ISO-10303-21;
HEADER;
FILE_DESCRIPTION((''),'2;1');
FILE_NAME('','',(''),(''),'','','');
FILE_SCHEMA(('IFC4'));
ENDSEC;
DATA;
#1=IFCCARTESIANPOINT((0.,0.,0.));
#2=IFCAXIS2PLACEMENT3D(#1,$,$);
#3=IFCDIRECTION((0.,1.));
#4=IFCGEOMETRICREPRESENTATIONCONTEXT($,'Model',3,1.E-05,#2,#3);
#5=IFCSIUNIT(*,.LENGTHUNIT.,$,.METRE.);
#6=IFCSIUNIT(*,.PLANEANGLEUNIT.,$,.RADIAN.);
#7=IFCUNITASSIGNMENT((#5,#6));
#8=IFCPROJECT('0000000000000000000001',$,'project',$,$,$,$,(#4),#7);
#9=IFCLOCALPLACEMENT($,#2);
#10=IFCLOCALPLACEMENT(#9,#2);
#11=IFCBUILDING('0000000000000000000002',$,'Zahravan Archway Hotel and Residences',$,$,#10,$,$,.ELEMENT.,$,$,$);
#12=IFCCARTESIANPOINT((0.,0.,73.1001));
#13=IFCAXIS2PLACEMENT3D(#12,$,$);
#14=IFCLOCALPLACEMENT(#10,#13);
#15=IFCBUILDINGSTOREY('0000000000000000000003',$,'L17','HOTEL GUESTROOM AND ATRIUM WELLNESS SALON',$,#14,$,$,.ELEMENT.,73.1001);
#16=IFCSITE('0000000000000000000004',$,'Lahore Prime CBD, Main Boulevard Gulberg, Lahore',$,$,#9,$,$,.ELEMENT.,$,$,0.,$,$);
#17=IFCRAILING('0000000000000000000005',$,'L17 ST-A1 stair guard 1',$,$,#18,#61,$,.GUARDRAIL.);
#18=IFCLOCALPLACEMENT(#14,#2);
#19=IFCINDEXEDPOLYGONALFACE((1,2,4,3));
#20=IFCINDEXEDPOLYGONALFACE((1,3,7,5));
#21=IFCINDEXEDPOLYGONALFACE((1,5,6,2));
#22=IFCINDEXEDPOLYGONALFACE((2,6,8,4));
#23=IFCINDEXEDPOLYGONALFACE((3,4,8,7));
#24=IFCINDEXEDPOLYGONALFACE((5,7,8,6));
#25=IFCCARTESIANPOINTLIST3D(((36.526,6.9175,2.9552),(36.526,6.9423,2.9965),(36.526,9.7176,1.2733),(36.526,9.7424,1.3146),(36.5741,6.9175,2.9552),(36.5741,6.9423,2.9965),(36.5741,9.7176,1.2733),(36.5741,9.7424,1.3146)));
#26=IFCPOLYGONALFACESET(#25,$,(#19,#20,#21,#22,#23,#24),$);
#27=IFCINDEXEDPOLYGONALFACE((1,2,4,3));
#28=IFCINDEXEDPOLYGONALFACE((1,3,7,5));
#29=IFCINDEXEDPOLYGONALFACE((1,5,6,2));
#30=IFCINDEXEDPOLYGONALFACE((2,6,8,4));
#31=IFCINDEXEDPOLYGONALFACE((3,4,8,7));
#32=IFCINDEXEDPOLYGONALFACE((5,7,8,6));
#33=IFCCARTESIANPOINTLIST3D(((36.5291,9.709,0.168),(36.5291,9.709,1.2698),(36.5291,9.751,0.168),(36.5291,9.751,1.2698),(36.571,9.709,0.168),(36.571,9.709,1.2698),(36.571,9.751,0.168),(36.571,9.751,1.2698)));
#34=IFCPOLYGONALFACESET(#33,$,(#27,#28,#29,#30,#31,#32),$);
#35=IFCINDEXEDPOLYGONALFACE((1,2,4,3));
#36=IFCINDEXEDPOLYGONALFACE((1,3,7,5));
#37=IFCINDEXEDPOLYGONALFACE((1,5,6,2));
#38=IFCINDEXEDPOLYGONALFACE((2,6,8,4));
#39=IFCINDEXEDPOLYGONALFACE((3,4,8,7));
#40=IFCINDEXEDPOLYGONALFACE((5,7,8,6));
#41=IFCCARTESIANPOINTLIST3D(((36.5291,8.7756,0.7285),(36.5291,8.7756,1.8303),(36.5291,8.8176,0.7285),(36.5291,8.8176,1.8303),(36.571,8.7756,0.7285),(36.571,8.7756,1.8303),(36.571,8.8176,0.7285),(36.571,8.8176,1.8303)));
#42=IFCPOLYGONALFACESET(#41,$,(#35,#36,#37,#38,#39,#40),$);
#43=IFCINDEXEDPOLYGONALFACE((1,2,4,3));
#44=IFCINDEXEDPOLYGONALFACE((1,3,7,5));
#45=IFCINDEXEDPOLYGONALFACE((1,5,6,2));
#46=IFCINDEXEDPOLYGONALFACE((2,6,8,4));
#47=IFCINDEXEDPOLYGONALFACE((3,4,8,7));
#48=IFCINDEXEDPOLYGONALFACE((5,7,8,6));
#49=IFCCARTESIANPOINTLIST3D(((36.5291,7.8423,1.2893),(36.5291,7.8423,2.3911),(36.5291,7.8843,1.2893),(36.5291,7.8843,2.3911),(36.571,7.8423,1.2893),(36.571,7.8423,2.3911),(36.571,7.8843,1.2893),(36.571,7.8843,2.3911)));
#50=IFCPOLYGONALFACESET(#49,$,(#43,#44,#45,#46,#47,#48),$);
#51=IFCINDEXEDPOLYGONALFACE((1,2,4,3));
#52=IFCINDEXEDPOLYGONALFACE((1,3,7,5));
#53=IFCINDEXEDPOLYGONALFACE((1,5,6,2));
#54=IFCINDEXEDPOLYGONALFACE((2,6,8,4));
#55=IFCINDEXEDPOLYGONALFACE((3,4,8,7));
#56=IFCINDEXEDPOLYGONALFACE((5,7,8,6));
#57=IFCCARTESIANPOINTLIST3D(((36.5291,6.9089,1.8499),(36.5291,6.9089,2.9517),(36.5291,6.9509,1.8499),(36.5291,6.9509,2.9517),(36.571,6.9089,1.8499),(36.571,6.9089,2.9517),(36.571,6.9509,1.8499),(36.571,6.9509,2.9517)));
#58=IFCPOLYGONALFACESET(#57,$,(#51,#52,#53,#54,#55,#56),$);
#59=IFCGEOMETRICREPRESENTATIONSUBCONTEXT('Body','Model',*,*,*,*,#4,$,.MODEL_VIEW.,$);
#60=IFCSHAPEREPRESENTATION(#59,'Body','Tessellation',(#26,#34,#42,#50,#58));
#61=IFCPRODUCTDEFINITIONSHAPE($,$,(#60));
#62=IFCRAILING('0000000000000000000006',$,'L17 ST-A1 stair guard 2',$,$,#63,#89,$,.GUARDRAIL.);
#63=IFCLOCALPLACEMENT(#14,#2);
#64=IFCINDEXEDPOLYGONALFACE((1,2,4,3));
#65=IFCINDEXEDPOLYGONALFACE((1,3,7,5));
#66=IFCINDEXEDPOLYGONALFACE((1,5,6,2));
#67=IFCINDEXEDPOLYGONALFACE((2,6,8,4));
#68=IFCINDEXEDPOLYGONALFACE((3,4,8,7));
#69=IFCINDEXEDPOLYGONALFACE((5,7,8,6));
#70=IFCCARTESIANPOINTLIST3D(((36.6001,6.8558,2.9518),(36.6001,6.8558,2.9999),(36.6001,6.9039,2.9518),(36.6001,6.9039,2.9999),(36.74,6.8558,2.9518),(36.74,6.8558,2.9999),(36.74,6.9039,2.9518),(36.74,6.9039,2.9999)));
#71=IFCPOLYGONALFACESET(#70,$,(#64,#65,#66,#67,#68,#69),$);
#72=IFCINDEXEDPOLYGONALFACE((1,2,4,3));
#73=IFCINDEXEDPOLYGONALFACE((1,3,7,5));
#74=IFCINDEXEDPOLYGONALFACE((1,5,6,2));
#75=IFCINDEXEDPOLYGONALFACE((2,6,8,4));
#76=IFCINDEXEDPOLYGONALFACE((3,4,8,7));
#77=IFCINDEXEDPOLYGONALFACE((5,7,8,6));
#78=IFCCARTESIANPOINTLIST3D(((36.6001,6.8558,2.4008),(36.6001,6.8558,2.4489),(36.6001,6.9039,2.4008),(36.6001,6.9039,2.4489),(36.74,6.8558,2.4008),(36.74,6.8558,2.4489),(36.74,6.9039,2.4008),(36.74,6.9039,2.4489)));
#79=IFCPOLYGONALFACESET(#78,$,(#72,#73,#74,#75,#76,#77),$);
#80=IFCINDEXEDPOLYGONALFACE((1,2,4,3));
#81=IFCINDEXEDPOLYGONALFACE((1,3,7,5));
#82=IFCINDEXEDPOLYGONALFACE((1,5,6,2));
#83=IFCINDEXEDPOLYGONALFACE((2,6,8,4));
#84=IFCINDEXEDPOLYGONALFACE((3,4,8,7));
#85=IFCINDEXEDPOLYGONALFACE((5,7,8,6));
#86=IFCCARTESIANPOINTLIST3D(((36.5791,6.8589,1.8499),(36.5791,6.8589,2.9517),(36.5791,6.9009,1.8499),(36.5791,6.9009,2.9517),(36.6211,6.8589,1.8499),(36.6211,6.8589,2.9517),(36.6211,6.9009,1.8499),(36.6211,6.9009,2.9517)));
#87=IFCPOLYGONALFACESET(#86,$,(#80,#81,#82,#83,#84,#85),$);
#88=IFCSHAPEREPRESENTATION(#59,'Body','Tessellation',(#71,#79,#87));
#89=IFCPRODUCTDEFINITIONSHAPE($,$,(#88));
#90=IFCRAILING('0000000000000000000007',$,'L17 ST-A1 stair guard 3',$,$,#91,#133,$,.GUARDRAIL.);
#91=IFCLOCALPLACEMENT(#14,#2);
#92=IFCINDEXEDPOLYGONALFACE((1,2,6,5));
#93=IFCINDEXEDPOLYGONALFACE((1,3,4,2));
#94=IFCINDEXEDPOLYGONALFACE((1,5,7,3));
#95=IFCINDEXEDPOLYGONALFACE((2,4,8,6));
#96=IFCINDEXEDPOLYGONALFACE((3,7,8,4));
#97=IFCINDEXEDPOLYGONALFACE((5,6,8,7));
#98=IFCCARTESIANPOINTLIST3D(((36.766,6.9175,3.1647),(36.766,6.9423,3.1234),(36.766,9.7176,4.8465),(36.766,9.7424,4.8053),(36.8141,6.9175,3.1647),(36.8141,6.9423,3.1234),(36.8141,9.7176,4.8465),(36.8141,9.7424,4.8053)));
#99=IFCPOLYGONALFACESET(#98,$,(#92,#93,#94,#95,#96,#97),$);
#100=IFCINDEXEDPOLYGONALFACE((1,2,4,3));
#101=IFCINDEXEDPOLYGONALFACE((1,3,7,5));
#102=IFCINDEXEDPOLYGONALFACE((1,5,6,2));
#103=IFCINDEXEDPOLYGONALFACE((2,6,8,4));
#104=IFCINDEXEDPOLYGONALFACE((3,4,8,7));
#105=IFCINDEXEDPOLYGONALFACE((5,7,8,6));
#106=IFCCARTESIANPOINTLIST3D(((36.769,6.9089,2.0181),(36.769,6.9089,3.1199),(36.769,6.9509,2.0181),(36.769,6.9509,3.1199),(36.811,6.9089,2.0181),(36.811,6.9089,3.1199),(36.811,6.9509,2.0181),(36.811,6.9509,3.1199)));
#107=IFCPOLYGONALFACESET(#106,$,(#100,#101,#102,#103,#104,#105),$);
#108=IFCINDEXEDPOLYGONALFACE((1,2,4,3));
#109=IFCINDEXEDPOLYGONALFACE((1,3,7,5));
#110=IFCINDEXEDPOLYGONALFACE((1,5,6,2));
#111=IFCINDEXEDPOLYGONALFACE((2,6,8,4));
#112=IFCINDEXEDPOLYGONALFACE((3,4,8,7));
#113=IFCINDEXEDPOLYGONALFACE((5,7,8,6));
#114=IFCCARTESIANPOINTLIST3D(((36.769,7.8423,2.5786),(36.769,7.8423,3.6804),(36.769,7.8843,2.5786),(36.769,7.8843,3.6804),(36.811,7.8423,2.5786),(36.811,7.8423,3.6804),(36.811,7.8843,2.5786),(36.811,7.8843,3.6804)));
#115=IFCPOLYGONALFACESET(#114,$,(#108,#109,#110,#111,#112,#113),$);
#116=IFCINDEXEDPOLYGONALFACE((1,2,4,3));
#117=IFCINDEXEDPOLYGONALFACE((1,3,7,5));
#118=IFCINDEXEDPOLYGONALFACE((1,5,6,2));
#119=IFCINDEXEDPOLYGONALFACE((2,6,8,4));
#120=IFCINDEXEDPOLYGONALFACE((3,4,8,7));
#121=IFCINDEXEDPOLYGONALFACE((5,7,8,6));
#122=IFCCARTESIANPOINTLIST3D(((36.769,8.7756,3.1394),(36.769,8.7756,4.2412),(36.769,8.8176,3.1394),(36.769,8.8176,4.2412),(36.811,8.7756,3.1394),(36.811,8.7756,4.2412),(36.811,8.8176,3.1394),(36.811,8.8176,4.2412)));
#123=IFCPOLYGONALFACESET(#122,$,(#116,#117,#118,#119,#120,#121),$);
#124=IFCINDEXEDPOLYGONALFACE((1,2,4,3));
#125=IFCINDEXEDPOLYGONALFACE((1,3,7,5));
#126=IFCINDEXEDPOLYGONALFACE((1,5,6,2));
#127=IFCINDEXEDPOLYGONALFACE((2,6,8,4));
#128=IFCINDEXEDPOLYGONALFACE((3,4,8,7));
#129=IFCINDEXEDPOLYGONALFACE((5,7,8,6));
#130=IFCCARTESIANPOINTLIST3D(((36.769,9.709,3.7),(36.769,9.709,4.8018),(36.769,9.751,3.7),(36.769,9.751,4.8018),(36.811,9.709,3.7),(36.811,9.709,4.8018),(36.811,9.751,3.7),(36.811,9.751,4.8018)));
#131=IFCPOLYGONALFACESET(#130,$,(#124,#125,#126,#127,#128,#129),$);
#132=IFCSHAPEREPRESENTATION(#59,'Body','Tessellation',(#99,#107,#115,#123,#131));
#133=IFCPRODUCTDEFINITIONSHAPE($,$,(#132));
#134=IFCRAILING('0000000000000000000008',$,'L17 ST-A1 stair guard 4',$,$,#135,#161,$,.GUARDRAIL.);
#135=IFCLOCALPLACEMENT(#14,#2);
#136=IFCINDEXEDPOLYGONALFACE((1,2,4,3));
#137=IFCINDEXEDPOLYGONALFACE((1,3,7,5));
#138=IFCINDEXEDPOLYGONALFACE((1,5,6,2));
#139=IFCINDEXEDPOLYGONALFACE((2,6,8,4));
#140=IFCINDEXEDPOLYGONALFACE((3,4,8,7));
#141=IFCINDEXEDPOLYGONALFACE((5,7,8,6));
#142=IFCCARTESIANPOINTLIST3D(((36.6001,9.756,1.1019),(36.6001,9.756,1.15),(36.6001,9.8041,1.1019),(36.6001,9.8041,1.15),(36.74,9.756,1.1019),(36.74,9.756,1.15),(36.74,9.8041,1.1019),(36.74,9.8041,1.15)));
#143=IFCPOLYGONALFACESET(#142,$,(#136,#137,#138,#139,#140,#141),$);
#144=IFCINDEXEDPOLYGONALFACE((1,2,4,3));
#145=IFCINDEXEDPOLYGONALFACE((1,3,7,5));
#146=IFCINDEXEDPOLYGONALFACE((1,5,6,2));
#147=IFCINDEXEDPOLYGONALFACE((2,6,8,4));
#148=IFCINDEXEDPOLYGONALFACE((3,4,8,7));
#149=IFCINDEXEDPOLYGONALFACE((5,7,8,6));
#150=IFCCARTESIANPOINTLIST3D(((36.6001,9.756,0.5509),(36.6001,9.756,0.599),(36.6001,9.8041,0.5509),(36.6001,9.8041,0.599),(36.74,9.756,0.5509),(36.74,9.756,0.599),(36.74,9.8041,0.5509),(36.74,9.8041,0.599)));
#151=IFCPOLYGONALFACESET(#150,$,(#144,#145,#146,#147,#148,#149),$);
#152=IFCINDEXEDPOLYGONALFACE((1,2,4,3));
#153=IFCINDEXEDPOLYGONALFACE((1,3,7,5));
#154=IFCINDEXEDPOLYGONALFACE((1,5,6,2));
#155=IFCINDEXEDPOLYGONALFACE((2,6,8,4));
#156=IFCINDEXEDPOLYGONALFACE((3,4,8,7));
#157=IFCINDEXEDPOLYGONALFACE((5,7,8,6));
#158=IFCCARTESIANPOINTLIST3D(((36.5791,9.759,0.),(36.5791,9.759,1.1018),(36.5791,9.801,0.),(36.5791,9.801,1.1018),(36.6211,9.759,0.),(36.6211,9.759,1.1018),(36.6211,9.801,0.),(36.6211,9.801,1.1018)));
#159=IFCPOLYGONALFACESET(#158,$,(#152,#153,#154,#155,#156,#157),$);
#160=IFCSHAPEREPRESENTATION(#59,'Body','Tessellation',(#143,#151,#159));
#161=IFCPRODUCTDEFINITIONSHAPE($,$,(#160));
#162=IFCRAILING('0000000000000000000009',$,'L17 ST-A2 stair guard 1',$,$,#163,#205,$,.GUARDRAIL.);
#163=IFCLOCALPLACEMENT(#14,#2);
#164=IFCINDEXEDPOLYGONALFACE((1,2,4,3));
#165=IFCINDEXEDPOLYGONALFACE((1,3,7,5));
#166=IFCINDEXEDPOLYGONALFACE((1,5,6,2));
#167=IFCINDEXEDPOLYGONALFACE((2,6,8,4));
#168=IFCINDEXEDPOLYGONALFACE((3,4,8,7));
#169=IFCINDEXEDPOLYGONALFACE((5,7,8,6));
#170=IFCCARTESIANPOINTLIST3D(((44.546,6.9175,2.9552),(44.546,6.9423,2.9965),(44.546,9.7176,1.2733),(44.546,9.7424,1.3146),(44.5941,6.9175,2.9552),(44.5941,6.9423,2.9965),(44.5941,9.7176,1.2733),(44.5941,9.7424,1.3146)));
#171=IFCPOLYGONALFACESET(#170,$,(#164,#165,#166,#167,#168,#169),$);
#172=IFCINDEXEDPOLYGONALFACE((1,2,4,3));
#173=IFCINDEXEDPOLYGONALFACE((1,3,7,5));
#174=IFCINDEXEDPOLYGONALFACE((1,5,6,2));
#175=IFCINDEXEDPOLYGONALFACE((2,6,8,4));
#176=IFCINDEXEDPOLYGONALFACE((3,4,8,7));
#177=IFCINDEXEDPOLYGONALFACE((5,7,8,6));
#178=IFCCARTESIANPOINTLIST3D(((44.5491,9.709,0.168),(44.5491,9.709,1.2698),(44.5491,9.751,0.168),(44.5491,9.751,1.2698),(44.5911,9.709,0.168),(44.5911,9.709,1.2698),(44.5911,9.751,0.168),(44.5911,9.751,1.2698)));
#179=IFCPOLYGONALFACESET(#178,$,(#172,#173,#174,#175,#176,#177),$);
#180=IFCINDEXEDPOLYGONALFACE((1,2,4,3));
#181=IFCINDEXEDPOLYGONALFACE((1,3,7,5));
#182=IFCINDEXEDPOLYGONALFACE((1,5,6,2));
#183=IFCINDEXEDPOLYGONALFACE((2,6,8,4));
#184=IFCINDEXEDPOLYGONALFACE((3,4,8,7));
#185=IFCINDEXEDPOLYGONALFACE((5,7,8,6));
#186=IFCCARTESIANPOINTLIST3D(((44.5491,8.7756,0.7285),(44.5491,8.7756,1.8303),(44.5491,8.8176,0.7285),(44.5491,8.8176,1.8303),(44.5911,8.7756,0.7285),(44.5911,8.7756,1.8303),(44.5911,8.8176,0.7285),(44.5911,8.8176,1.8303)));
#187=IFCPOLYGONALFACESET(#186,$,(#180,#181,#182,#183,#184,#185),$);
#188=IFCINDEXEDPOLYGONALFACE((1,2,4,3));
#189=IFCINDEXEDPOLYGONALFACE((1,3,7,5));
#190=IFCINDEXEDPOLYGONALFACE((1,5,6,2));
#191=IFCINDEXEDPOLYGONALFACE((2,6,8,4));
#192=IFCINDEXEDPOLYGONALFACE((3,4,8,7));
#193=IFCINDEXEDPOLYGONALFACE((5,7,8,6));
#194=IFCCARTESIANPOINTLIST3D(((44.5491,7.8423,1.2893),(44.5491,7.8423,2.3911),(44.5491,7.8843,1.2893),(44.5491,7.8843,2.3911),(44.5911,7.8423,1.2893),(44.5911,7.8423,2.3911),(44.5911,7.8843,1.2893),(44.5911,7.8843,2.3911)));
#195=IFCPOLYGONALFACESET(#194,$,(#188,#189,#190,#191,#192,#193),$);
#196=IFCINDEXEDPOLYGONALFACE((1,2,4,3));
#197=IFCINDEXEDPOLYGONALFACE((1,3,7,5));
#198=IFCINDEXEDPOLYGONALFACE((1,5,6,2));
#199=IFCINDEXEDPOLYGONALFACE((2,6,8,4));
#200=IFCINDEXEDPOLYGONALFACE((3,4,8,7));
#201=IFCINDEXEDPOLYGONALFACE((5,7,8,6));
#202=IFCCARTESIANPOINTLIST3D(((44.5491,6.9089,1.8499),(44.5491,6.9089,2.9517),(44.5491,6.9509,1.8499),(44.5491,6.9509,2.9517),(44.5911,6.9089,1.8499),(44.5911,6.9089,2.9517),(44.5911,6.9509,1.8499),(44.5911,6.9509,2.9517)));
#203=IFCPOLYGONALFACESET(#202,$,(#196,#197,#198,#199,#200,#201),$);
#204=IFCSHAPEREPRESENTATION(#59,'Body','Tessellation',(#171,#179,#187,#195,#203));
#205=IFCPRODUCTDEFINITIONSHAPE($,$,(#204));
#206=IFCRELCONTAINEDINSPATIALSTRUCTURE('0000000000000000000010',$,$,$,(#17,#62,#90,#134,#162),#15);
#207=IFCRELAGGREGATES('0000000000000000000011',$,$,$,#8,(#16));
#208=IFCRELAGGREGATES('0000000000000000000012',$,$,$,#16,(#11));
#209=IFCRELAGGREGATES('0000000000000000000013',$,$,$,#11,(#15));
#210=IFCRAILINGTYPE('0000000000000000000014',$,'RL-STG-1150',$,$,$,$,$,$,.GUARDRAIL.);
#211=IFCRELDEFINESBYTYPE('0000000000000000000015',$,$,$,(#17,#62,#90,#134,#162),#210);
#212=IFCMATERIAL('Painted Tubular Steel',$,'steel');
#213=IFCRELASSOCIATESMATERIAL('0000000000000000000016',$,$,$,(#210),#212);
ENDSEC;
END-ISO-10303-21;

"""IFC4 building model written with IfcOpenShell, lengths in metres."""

from ifc_helpers import new_model, si_unit, direction, frame, origin, origin_2d, place, context, subcontext, project, spatial, rectangle, extrude, material, type_object, element, save


model = new_model("IFC4")

# Units and contexts
model_context = context("Model", 3, precision=1e-05, world=origin(), true_north=direction((0.0, 1.0)))
body_context = subcontext(model_context, "Body", "Model", "MODEL_VIEW")
ifc_project = project(units=[si_unit("LENGTHUNIT", "METRE"), si_unit("PLANEANGLEUNIT", "RADIAN")], contexts=[model_context])

# Site, building, storey
site_placement = place(None, origin())
site = spatial("IfcSite", under=ifc_project, at=site_placement, Name="Lahore Prime CBD, Main Boulevard Gulberg, Lahore", CompositionType="ELEMENT", RefElevation=0.0)
building_placement = place(site_placement, origin())
building = spatial("IfcBuilding", under=site, at=building_placement, Name="Zahravan Archway Hotel and Residences", CompositionType="ELEMENT")
storey_placement = place(building_placement, frame((0.0, 0.0, 73.1001)))
storey = spatial("IfcBuildingStorey", under=building, at=storey_placement, Name="L17", Description="HOTEL GUESTROOM AND ATRIUM WELLNESS SALON", CompositionType="ELEMENT", Elevation=73.1001)

# Railings
ifc_material_1 = material(Name="Painted Tubular Steel", Category="steel")
railing_type_1 = type_object("IfcRailingType", Name="RL-STG-1150", PredefinedType="GUARDRAIL", material=ifc_material_1)
railing_1_placement = place(storey_placement, frame((36.55, 9.73, 0.168)))
element("IfcRailing", 1, at=railing_1_placement, inside=storey, type_object=railing_type_1, Name="L17 ST-A1 stair guard 1", PredefinedType="GUARDRAIL", context=body_context, shape_type="SweptSolid", body=[
    extrude(rectangle(XDim=0.0481, YDim=0.0481, at=origin_2d()), frame((0.0, 0.0, 1.126), z_axis=(0.0, -0.857242, 0.514913), x_axis=(1.0, 0.0, 0.0)), (0.0, 0.0, 1.0), 3.2664),
    extrude(rectangle(XDim=0.042, YDim=0.042, at=origin_2d()), origin(), (0.0, 0.0, 1.0), 1.1018),
    extrude(rectangle(XDim=0.042, YDim=0.042, at=origin_2d()), frame((0.0, -0.9333, 0.5605)), (0.0, 0.0, 1.0), 1.1018),
    extrude(rectangle(XDim=0.042, YDim=0.042, at=origin_2d()), frame((0.0, -1.8667, 1.1213)), (0.0, 0.0, 1.0), 1.1018),
    extrude(rectangle(XDim=0.042, YDim=0.042, at=origin_2d()), frame((0.0, -2.8, 1.6819)), (0.0, 0.0, 1.0), 1.1018),
])
railing_2_placement = place(storey_placement, frame((36.6001, 6.8799, 1.8499)))
element("IfcRailing", 2, at=railing_2_placement, inside=storey, type_object=railing_type_1, Name="L17 ST-A1 stair guard 2", PredefinedType="GUARDRAIL", context=body_context, shape_type="SweptSolid", body=[
    extrude(rectangle(XDim=0.0481, YDim=0.0481, at=origin_2d()), frame((0.0, 0.0, 1.126), z_axis=(1.0, 0.0, 0.0), x_axis=(0.0, 1.0, 0.0)), (0.0, 0.0, 1.0), 0.1399),
    extrude(rectangle(XDim=0.0481, YDim=0.0481, at=origin_2d()), frame((0.0, 0.0, 0.575), z_axis=(1.0, 0.0, 0.0), x_axis=(0.0, 1.0, 0.0)), (0.0, 0.0, 1.0), 0.1399),
    extrude(rectangle(XDim=0.042, YDim=0.042, at=origin_2d()), origin(), (0.0, 0.0, 1.0), 1.1018),
])
railing_3_placement = place(storey_placement, frame((36.79, 6.9299, 2.0181)))
element("IfcRailing", 3, at=railing_3_placement, inside=storey, type_object=railing_type_1, Name="L17 ST-A1 stair guard 3", PredefinedType="GUARDRAIL", context=body_context, shape_type="SweptSolid", body=[
    extrude(rectangle(XDim=0.0481, YDim=0.0481, at=origin_2d()), frame((0.0, 0.0, 1.126), z_axis=(0.0, 0.857242, 0.514913), x_axis=(-1.0, 0.0, 0.0)), (0.0, 0.0, 1.0), 3.2664),
    extrude(rectangle(XDim=0.042, YDim=0.042, at=origin_2d()), origin(), (0.0, 0.0, 1.0), 1.1018),
    extrude(rectangle(XDim=0.042, YDim=0.042, at=origin_2d()), frame((0.0, 0.9333, 0.5605)), (0.0, 0.0, 1.0), 1.1018),
    extrude(rectangle(XDim=0.042, YDim=0.042, at=origin_2d()), frame((0.0, 1.8667, 1.1213)), (0.0, 0.0, 1.0), 1.1018),
    extrude(rectangle(XDim=0.042, YDim=0.042, at=origin_2d()), frame((0.0, 2.8, 1.6819)), (0.0, 0.0, 1.0), 1.1018),
])
railing_4_placement = place(storey_placement, frame((36.6001, 9.78, 0.0)))
element("IfcRailing", 4, at=railing_4_placement, inside=storey, type_object=railing_type_1, Name="L17 ST-A1 stair guard 4", PredefinedType="GUARDRAIL", context=body_context, shape_type="SweptSolid", body=[
    extrude(rectangle(XDim=0.0481, YDim=0.0481, at=origin_2d()), frame((0.0, 0.0, 1.126), z_axis=(1.0, 0.0, 0.0), x_axis=(0.0, 1.0, 0.0)), (0.0, 0.0, 1.0), 0.1399),
    extrude(rectangle(XDim=0.0481, YDim=0.0481, at=origin_2d()), frame((0.0, 0.0, 0.575), z_axis=(1.0, 0.0, 0.0), x_axis=(0.0, 1.0, 0.0)), (0.0, 0.0, 1.0), 0.1399),
    extrude(rectangle(XDim=0.042, YDim=0.042, at=origin_2d()), origin(), (0.0, 0.0, 1.0), 1.1018),
])
railing_5_placement = place(storey_placement, frame((44.5701, 9.73, 0.168)))
element("IfcRailing", 5, at=railing_5_placement, inside=storey, type_object=railing_type_1, Name="L17 ST-A2 stair guard 1", PredefinedType="GUARDRAIL", context=body_context, shape_type="SweptSolid", body=[
    extrude(rectangle(XDim=0.0481, YDim=0.0481, at=origin_2d()), frame((0.0, 0.0, 1.126), z_axis=(0.0, -0.857242, 0.514913), x_axis=(1.0, 0.0, 0.0)), (0.0, 0.0, 1.0), 3.2664),
    extrude(rectangle(XDim=0.042, YDim=0.042, at=origin_2d()), origin(), (0.0, 0.0, 1.0), 1.1018),
    extrude(rectangle(XDim=0.042, YDim=0.042, at=origin_2d()), frame((0.0, -0.9333, 0.5605)), (0.0, 0.0, 1.0), 1.1018),
    extrude(rectangle(XDim=0.042, YDim=0.042, at=origin_2d()), frame((0.0, -1.8667, 1.1213)), (0.0, 0.0, 1.0), 1.1018),
    extrude(rectangle(XDim=0.042, YDim=0.042, at=origin_2d()), frame((0.0, -2.8, 1.6819)), (0.0, 0.0, 1.0), 1.1018),
])

save(model, "model.ifc")
